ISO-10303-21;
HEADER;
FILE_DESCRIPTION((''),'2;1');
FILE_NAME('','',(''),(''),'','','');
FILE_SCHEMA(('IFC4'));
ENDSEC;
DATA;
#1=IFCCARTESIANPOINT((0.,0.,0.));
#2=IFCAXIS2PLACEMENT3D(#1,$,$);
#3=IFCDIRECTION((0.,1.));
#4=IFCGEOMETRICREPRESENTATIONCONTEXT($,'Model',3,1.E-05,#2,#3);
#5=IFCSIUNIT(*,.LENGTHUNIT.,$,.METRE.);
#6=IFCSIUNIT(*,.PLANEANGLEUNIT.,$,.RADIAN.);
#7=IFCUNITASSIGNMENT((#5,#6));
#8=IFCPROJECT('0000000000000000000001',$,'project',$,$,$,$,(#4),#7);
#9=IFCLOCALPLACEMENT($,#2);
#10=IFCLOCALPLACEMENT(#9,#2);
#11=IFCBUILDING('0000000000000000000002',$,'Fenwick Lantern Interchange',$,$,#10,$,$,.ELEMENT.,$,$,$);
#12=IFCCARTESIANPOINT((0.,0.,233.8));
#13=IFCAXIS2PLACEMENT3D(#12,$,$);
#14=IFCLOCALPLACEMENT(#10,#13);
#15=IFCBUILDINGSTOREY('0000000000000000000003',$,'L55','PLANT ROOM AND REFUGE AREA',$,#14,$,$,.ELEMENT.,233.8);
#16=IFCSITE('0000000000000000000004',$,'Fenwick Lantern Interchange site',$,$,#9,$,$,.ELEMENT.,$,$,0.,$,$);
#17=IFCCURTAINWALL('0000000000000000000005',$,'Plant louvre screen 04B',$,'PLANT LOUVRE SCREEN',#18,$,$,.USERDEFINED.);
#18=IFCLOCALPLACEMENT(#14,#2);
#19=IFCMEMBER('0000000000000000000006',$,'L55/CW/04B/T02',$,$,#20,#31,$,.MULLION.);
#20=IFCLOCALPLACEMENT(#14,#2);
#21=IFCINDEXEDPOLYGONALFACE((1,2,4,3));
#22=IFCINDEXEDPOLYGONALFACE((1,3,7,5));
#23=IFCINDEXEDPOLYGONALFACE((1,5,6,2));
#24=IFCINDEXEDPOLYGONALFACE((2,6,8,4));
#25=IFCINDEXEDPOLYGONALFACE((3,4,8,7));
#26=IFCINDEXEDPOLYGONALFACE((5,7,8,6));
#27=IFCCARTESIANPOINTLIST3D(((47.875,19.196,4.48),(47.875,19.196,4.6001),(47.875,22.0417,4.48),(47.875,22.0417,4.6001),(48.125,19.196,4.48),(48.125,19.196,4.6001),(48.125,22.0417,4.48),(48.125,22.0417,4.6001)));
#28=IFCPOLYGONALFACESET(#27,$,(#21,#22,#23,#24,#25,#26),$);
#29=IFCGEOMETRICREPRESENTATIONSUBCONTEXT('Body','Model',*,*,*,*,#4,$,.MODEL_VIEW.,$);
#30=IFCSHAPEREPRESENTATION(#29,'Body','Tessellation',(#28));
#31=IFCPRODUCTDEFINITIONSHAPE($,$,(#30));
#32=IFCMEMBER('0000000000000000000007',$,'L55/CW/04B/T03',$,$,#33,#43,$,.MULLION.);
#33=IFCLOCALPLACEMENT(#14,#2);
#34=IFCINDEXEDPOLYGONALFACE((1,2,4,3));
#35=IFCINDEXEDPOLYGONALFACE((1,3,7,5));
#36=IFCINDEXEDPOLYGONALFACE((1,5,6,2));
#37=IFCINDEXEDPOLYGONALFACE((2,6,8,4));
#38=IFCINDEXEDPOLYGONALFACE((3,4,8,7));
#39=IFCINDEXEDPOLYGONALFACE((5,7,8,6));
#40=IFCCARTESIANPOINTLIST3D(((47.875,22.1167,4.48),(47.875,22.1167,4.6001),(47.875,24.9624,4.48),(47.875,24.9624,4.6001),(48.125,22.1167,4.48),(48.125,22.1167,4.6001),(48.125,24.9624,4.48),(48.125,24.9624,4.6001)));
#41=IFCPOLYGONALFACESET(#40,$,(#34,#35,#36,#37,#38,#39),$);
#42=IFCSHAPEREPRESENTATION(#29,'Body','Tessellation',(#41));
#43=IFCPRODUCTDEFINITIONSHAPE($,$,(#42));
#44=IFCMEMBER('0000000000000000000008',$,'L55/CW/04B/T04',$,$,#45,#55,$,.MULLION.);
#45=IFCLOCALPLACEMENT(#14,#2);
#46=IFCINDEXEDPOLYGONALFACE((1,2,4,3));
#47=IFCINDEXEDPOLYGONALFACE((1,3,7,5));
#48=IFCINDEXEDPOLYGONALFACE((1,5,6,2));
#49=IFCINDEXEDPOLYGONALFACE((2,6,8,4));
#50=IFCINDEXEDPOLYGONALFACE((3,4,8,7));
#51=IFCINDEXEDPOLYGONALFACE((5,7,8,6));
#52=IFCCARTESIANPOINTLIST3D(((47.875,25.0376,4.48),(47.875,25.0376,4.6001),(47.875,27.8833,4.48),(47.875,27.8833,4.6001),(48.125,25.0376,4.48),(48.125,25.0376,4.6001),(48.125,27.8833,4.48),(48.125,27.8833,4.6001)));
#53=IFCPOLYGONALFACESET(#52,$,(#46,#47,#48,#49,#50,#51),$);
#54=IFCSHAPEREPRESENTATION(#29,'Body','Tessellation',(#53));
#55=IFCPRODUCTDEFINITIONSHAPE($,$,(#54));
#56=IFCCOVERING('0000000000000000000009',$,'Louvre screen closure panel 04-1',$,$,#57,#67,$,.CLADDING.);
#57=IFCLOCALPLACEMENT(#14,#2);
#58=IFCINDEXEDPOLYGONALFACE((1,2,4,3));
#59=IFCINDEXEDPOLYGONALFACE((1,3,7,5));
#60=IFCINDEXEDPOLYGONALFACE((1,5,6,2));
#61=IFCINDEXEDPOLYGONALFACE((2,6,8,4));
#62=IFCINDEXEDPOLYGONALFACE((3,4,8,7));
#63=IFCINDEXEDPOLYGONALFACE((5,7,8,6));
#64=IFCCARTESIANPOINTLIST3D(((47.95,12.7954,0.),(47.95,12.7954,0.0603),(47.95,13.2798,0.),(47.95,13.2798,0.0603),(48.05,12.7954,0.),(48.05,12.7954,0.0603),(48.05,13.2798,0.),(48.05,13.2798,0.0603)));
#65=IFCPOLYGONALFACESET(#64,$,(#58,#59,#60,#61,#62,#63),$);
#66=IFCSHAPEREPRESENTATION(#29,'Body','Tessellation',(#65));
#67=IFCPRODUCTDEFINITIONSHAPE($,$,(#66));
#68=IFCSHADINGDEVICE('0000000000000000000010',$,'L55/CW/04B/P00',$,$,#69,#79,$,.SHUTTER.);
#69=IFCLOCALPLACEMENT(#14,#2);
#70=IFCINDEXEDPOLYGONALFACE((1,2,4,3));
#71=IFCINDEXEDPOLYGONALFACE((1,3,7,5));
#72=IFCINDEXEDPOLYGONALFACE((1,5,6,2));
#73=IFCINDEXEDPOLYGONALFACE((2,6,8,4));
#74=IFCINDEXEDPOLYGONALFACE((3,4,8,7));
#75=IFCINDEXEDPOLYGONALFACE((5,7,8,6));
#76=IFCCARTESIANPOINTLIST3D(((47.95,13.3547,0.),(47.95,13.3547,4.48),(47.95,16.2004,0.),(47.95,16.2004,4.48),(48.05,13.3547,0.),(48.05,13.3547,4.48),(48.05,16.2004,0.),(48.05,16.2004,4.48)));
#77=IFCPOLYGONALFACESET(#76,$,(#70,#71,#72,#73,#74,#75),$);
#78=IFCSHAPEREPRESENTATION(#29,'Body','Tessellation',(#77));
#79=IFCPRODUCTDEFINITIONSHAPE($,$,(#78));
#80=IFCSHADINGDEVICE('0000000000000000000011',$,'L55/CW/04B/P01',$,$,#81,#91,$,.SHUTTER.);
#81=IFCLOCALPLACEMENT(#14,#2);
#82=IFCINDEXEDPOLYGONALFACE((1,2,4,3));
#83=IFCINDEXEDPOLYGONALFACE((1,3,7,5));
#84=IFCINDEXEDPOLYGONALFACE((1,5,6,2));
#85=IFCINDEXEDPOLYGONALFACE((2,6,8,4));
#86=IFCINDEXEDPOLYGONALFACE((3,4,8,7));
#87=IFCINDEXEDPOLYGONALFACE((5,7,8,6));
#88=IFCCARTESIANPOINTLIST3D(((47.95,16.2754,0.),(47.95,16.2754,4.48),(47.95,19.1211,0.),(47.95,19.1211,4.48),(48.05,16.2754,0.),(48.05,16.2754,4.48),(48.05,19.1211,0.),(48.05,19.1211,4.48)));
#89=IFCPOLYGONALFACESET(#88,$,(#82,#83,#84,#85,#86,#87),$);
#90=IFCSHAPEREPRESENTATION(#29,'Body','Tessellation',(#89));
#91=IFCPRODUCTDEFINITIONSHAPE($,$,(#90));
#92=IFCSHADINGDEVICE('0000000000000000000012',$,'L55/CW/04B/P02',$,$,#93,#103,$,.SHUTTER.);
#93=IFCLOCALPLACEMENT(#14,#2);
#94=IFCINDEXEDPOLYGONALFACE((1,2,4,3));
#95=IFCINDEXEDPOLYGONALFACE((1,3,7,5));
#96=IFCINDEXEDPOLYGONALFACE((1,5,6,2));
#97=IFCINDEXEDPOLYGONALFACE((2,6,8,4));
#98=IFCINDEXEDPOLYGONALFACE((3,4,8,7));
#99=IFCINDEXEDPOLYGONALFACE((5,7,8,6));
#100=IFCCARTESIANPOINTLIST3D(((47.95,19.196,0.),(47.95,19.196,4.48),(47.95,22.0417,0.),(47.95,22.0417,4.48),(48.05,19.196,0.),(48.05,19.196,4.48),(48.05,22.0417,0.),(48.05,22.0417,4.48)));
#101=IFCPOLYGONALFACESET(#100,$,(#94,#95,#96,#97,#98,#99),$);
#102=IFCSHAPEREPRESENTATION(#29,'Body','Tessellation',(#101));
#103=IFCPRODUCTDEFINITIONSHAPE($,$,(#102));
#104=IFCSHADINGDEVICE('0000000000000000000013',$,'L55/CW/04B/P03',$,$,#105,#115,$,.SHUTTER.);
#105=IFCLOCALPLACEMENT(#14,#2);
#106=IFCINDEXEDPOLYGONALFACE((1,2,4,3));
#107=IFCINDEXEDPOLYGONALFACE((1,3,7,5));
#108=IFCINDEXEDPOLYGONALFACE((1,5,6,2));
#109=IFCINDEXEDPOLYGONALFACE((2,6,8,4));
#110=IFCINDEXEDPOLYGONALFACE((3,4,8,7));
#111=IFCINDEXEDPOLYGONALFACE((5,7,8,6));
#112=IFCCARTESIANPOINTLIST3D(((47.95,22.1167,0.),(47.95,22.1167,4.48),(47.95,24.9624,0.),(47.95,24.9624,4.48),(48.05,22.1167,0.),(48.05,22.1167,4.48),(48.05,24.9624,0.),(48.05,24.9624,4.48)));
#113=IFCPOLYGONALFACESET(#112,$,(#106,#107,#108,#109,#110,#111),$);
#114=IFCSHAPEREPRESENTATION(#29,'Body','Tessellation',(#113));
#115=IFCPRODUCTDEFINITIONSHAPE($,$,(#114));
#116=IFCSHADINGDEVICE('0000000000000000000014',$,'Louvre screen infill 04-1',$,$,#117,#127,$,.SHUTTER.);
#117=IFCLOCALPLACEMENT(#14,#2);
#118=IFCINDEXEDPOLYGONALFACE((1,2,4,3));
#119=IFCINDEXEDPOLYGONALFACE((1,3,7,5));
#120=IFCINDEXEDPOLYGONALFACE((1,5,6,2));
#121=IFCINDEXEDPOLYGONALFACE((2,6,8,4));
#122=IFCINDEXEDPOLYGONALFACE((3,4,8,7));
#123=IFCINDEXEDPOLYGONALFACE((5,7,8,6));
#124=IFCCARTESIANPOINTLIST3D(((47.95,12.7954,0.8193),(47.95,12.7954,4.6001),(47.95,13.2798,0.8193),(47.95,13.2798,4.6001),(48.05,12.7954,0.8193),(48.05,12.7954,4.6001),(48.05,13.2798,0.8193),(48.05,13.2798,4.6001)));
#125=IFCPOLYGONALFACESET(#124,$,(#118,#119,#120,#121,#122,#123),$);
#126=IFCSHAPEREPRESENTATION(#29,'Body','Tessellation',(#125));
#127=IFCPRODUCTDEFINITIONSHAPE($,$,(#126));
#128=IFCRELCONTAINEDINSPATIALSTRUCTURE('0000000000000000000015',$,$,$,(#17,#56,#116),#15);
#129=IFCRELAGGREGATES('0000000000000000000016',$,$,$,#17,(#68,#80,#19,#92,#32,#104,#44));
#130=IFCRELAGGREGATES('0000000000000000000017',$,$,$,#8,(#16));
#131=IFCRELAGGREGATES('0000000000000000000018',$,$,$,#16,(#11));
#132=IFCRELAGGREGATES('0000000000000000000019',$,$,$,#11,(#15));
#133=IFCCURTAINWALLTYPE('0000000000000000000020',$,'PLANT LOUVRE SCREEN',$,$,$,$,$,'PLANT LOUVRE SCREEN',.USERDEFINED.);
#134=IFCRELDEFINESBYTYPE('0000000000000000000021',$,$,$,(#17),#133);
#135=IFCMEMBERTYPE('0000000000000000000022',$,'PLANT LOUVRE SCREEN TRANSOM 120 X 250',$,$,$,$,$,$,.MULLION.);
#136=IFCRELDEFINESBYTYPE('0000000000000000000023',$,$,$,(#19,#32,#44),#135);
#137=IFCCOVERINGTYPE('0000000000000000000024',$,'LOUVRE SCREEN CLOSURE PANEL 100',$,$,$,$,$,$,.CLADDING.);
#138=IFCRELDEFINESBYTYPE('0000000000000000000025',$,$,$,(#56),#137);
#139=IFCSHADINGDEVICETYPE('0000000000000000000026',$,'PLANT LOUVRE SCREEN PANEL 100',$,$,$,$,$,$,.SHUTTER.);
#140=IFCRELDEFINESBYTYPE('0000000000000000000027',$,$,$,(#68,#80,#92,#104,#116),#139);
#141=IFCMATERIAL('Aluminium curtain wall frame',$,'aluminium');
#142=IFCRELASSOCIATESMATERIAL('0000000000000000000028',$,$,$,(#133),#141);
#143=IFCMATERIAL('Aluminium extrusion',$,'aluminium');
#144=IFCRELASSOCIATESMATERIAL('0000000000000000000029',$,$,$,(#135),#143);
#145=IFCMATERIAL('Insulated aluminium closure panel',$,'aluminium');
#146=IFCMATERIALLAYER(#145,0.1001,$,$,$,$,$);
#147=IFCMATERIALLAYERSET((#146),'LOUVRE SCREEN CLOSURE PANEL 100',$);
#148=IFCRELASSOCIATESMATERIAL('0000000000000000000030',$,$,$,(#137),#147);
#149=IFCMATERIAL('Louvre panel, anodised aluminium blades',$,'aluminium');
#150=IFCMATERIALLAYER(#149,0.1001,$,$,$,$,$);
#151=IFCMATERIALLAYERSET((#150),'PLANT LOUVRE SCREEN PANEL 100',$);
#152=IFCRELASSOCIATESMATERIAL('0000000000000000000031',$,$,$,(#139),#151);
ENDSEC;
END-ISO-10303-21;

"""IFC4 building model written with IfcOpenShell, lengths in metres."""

from ifc_helpers import new_model, si_unit, direction, frame, origin, origin_2d, place, context, subcontext, project, spatial, rectangle, extrude, material, layer, layer_set, material_profile, profile_set, type_object, element, aggregate, save


model = new_model("IFC4")

# Units and contexts
model_context = context("Model", 3, precision=1e-05, world=origin(), true_north=direction((0.0, 1.0)))
body_context = subcontext(model_context, "Body", "Model", "MODEL_VIEW")
ifc_project = project(units=[si_unit("LENGTHUNIT", "METRE"), si_unit("PLANEANGLEUNIT", "RADIAN")], contexts=[model_context])

# Site, building, storey
site_placement = place(None, origin())
site = spatial("IfcSite", under=ifc_project, at=site_placement, Name="Fenwick Lantern Interchange site", CompositionType="ELEMENT", RefElevation=0.0)
building_placement = place(site_placement, origin())
building = spatial("IfcBuilding", under=site, at=building_placement, Name="Fenwick Lantern Interchange", CompositionType="ELEMENT")
storey_placement = place(building_placement, frame((0.0, 0.0, 233.8)))
storey = spatial("IfcBuildingStorey", under=building, at=storey_placement, Name="L55", Description="PLANT ROOM AND REFUGE AREA", CompositionType="ELEMENT", Elevation=233.8)

# Curtain wall, members
ifc_material_1 = material(Name="Aluminium curtain wall frame", Category="aluminium")
curtain_wall_type = type_object("IfcCurtainWallType", Name="PLANT LOUVRE SCREEN", ElementType="PLANT LOUVRE SCREEN", PredefinedType="USERDEFINED", material=ifc_material_1)
curtain_wall_placement = place(storey_placement, origin())
curtain_wall = element("IfcCurtainWall", 1, at=curtain_wall_placement, inside=storey, type_object=curtain_wall_type, Name="Plant louvre screen 04B", ObjectType="PLANT LOUVRE SCREEN", PredefinedType="USERDEFINED")
ifc_material_2 = material(Name="Aluminium extrusion", Category="aluminium")
ifc_material_profile_1 = material_profile(ifc_material_2, rectangle(XDim=0.25, YDim=0.1201, at=origin_2d()), Name="PLANT LOUVRE SCREEN TRANSOM 120 X 250")
ifc_profile_set_1 = profile_set([ifc_material_profile_1], Name="Aluminium extrusion")
member_type_1 = type_object("IfcMemberType", Name="PLANT LOUVRE SCREEN TRANSOM 120 X 250", PredefinedType="MULLION", material=ifc_profile_set_1)
member_1_placement = place(storey_placement, frame((48.0, 19.196, 4.54), z_axis=(0.0, 1.0, 0.0), x_axis=(-1.0, 0.0, 0.0)))
member_1 = element("IfcMember", 2, at=member_1_placement, type_object=member_type_1, Name="L55/CW/04B/T02", PredefinedType="MULLION", context=body_context, shape_type="SweptSolid", body=[
    extrude(rectangle(XDim=0.25, YDim=0.1201, at=origin_2d()), origin(), (0.0, 0.0, 1.0), 2.8457),
])
member_2_placement = place(storey_placement, frame((48.0, 22.1167, 4.54), z_axis=(0.0, 1.0, 0.0), x_axis=(-1.0, 0.0, 0.0)))
member_2 = element("IfcMember", 3, at=member_2_placement, type_object=member_type_1, Name="L55/CW/04B/T03", PredefinedType="MULLION", context=body_context, shape_type="SweptSolid", body=[
    extrude(rectangle(XDim=0.25, YDim=0.1201, at=origin_2d()), origin(), (0.0, 0.0, 1.0), 2.8457),
])
member_3_placement = place(storey_placement, frame((48.0, 25.0376, 4.54), z_axis=(0.0, 1.0, 0.0), x_axis=(-1.0, 0.0, 0.0)))
member_3 = element("IfcMember", 4, at=member_3_placement, type_object=member_type_1, Name="L55/CW/04B/T04", PredefinedType="MULLION", context=body_context, shape_type="SweptSolid", body=[
    extrude(rectangle(XDim=0.25, YDim=0.1201, at=origin_2d()), origin(), (0.0, 0.0, 1.0), 2.8457),
])

# Covering
ifc_material_3 = material(Name="Insulated aluminium closure panel", Category="aluminium")
ifc_layer_1 = layer(ifc_material_3, 0.1001)
ifc_layer_set_1 = layer_set([ifc_layer_1], Name="LOUVRE SCREEN CLOSURE PANEL 100")
covering_type = type_object("IfcCoveringType", Name="LOUVRE SCREEN CLOSURE PANEL 100", PredefinedType="CLADDING", material=ifc_layer_set_1)
covering_placement = place(storey_placement, frame((48.0, 13.0376, 0.0), z_axis=(0.0, 0.0, 1.0), x_axis=(0.0, 1.0, 0.0)))
element("IfcCovering", 5, at=covering_placement, inside=storey, type_object=covering_type, Name="Louvre screen closure panel 04-1", PredefinedType="CLADDING", context=body_context, shape_type="SweptSolid", body=[
    extrude(rectangle(XDim=0.4844, YDim=0.1001, at=origin_2d()), origin(), (0.0, 0.0, 1.0), 0.0603),
])

# Shading devices
ifc_material_4 = material(Name="Louvre panel, anodised aluminium blades", Category="aluminium")
ifc_layer_2 = layer(ifc_material_4, 0.1001)
ifc_layer_set_2 = layer_set([ifc_layer_2], Name="PLANT LOUVRE SCREEN PANEL 100")
shading_device_type = type_object("IfcShadingDeviceType", Name="PLANT LOUVRE SCREEN PANEL 100", PredefinedType="SHUTTER", material=ifc_layer_set_2)
shading_device_1_placement = place(storey_placement, frame((48.0, 14.7776, 0.0), z_axis=(0.0, 0.0, 1.0), x_axis=(0.0, 1.0, 0.0)))
shading_device_1 = element("IfcShadingDevice", 6, at=shading_device_1_placement, type_object=shading_device_type, Name="L55/CW/04B/P00", PredefinedType="SHUTTER", context=body_context, shape_type="SweptSolid", body=[
    extrude(rectangle(XDim=2.8457, YDim=0.1001, at=origin_2d()), origin(), (0.0, 0.0, 1.0), 4.48),
])
shading_device_2_placement = place(storey_placement, frame((48.0, 17.6982, 0.0), z_axis=(0.0, 0.0, 1.0), x_axis=(0.0, 1.0, 0.0)))
shading_device_2 = element("IfcShadingDevice", 7, at=shading_device_2_placement, type_object=shading_device_type, Name="L55/CW/04B/P01", PredefinedType="SHUTTER", context=body_context, shape_type="SweptSolid", body=[
    extrude(rectangle(XDim=2.8457, YDim=0.1001, at=origin_2d()), origin(), (0.0, 0.0, 1.0), 4.48),
])
shading_device_3_placement = place(storey_placement, frame((48.0, 20.6189, 0.0), z_axis=(0.0, 0.0, 1.0), x_axis=(0.0, 1.0, 0.0)))
shading_device_3 = element("IfcShadingDevice", 8, at=shading_device_3_placement, type_object=shading_device_type, Name="L55/CW/04B/P02", PredefinedType="SHUTTER", context=body_context, shape_type="SweptSolid", body=[
    extrude(rectangle(XDim=2.8457, YDim=0.1001, at=origin_2d()), origin(), (0.0, 0.0, 1.0), 4.48),
])
shading_device_4_placement = place(storey_placement, frame((48.0, 23.5396, 0.0), z_axis=(0.0, 0.0, 1.0), x_axis=(0.0, 1.0, 0.0)))
shading_device_4 = element("IfcShadingDevice", 9, at=shading_device_4_placement, type_object=shading_device_type, Name="L55/CW/04B/P03", PredefinedType="SHUTTER", context=body_context, shape_type="SweptSolid", body=[
    extrude(rectangle(XDim=2.8457, YDim=0.1001, at=origin_2d()), origin(), (0.0, 0.0, 1.0), 4.48),
])
aggregate(curtain_wall, [shading_device_1, shading_device_2, member_1, shading_device_3, member_2, shading_device_4, member_3])
shading_device_5_placement = place(storey_placement, frame((48.0, 13.0376, 0.8193), z_axis=(0.0, 0.0, 1.0), x_axis=(0.0, 1.0, 0.0)))
element("IfcShadingDevice", 10, at=shading_device_5_placement, inside=storey, type_object=shading_device_type, Name="Louvre screen infill 04-1", PredefinedType="SHUTTER", context=body_context, shape_type="SweptSolid", body=[
    extrude(rectangle(XDim=0.4844, YDim=0.1001, at=origin_2d()), origin(), (0.0, 0.0, 1.0), 3.7808),
])

save(model, "model.ifc")
